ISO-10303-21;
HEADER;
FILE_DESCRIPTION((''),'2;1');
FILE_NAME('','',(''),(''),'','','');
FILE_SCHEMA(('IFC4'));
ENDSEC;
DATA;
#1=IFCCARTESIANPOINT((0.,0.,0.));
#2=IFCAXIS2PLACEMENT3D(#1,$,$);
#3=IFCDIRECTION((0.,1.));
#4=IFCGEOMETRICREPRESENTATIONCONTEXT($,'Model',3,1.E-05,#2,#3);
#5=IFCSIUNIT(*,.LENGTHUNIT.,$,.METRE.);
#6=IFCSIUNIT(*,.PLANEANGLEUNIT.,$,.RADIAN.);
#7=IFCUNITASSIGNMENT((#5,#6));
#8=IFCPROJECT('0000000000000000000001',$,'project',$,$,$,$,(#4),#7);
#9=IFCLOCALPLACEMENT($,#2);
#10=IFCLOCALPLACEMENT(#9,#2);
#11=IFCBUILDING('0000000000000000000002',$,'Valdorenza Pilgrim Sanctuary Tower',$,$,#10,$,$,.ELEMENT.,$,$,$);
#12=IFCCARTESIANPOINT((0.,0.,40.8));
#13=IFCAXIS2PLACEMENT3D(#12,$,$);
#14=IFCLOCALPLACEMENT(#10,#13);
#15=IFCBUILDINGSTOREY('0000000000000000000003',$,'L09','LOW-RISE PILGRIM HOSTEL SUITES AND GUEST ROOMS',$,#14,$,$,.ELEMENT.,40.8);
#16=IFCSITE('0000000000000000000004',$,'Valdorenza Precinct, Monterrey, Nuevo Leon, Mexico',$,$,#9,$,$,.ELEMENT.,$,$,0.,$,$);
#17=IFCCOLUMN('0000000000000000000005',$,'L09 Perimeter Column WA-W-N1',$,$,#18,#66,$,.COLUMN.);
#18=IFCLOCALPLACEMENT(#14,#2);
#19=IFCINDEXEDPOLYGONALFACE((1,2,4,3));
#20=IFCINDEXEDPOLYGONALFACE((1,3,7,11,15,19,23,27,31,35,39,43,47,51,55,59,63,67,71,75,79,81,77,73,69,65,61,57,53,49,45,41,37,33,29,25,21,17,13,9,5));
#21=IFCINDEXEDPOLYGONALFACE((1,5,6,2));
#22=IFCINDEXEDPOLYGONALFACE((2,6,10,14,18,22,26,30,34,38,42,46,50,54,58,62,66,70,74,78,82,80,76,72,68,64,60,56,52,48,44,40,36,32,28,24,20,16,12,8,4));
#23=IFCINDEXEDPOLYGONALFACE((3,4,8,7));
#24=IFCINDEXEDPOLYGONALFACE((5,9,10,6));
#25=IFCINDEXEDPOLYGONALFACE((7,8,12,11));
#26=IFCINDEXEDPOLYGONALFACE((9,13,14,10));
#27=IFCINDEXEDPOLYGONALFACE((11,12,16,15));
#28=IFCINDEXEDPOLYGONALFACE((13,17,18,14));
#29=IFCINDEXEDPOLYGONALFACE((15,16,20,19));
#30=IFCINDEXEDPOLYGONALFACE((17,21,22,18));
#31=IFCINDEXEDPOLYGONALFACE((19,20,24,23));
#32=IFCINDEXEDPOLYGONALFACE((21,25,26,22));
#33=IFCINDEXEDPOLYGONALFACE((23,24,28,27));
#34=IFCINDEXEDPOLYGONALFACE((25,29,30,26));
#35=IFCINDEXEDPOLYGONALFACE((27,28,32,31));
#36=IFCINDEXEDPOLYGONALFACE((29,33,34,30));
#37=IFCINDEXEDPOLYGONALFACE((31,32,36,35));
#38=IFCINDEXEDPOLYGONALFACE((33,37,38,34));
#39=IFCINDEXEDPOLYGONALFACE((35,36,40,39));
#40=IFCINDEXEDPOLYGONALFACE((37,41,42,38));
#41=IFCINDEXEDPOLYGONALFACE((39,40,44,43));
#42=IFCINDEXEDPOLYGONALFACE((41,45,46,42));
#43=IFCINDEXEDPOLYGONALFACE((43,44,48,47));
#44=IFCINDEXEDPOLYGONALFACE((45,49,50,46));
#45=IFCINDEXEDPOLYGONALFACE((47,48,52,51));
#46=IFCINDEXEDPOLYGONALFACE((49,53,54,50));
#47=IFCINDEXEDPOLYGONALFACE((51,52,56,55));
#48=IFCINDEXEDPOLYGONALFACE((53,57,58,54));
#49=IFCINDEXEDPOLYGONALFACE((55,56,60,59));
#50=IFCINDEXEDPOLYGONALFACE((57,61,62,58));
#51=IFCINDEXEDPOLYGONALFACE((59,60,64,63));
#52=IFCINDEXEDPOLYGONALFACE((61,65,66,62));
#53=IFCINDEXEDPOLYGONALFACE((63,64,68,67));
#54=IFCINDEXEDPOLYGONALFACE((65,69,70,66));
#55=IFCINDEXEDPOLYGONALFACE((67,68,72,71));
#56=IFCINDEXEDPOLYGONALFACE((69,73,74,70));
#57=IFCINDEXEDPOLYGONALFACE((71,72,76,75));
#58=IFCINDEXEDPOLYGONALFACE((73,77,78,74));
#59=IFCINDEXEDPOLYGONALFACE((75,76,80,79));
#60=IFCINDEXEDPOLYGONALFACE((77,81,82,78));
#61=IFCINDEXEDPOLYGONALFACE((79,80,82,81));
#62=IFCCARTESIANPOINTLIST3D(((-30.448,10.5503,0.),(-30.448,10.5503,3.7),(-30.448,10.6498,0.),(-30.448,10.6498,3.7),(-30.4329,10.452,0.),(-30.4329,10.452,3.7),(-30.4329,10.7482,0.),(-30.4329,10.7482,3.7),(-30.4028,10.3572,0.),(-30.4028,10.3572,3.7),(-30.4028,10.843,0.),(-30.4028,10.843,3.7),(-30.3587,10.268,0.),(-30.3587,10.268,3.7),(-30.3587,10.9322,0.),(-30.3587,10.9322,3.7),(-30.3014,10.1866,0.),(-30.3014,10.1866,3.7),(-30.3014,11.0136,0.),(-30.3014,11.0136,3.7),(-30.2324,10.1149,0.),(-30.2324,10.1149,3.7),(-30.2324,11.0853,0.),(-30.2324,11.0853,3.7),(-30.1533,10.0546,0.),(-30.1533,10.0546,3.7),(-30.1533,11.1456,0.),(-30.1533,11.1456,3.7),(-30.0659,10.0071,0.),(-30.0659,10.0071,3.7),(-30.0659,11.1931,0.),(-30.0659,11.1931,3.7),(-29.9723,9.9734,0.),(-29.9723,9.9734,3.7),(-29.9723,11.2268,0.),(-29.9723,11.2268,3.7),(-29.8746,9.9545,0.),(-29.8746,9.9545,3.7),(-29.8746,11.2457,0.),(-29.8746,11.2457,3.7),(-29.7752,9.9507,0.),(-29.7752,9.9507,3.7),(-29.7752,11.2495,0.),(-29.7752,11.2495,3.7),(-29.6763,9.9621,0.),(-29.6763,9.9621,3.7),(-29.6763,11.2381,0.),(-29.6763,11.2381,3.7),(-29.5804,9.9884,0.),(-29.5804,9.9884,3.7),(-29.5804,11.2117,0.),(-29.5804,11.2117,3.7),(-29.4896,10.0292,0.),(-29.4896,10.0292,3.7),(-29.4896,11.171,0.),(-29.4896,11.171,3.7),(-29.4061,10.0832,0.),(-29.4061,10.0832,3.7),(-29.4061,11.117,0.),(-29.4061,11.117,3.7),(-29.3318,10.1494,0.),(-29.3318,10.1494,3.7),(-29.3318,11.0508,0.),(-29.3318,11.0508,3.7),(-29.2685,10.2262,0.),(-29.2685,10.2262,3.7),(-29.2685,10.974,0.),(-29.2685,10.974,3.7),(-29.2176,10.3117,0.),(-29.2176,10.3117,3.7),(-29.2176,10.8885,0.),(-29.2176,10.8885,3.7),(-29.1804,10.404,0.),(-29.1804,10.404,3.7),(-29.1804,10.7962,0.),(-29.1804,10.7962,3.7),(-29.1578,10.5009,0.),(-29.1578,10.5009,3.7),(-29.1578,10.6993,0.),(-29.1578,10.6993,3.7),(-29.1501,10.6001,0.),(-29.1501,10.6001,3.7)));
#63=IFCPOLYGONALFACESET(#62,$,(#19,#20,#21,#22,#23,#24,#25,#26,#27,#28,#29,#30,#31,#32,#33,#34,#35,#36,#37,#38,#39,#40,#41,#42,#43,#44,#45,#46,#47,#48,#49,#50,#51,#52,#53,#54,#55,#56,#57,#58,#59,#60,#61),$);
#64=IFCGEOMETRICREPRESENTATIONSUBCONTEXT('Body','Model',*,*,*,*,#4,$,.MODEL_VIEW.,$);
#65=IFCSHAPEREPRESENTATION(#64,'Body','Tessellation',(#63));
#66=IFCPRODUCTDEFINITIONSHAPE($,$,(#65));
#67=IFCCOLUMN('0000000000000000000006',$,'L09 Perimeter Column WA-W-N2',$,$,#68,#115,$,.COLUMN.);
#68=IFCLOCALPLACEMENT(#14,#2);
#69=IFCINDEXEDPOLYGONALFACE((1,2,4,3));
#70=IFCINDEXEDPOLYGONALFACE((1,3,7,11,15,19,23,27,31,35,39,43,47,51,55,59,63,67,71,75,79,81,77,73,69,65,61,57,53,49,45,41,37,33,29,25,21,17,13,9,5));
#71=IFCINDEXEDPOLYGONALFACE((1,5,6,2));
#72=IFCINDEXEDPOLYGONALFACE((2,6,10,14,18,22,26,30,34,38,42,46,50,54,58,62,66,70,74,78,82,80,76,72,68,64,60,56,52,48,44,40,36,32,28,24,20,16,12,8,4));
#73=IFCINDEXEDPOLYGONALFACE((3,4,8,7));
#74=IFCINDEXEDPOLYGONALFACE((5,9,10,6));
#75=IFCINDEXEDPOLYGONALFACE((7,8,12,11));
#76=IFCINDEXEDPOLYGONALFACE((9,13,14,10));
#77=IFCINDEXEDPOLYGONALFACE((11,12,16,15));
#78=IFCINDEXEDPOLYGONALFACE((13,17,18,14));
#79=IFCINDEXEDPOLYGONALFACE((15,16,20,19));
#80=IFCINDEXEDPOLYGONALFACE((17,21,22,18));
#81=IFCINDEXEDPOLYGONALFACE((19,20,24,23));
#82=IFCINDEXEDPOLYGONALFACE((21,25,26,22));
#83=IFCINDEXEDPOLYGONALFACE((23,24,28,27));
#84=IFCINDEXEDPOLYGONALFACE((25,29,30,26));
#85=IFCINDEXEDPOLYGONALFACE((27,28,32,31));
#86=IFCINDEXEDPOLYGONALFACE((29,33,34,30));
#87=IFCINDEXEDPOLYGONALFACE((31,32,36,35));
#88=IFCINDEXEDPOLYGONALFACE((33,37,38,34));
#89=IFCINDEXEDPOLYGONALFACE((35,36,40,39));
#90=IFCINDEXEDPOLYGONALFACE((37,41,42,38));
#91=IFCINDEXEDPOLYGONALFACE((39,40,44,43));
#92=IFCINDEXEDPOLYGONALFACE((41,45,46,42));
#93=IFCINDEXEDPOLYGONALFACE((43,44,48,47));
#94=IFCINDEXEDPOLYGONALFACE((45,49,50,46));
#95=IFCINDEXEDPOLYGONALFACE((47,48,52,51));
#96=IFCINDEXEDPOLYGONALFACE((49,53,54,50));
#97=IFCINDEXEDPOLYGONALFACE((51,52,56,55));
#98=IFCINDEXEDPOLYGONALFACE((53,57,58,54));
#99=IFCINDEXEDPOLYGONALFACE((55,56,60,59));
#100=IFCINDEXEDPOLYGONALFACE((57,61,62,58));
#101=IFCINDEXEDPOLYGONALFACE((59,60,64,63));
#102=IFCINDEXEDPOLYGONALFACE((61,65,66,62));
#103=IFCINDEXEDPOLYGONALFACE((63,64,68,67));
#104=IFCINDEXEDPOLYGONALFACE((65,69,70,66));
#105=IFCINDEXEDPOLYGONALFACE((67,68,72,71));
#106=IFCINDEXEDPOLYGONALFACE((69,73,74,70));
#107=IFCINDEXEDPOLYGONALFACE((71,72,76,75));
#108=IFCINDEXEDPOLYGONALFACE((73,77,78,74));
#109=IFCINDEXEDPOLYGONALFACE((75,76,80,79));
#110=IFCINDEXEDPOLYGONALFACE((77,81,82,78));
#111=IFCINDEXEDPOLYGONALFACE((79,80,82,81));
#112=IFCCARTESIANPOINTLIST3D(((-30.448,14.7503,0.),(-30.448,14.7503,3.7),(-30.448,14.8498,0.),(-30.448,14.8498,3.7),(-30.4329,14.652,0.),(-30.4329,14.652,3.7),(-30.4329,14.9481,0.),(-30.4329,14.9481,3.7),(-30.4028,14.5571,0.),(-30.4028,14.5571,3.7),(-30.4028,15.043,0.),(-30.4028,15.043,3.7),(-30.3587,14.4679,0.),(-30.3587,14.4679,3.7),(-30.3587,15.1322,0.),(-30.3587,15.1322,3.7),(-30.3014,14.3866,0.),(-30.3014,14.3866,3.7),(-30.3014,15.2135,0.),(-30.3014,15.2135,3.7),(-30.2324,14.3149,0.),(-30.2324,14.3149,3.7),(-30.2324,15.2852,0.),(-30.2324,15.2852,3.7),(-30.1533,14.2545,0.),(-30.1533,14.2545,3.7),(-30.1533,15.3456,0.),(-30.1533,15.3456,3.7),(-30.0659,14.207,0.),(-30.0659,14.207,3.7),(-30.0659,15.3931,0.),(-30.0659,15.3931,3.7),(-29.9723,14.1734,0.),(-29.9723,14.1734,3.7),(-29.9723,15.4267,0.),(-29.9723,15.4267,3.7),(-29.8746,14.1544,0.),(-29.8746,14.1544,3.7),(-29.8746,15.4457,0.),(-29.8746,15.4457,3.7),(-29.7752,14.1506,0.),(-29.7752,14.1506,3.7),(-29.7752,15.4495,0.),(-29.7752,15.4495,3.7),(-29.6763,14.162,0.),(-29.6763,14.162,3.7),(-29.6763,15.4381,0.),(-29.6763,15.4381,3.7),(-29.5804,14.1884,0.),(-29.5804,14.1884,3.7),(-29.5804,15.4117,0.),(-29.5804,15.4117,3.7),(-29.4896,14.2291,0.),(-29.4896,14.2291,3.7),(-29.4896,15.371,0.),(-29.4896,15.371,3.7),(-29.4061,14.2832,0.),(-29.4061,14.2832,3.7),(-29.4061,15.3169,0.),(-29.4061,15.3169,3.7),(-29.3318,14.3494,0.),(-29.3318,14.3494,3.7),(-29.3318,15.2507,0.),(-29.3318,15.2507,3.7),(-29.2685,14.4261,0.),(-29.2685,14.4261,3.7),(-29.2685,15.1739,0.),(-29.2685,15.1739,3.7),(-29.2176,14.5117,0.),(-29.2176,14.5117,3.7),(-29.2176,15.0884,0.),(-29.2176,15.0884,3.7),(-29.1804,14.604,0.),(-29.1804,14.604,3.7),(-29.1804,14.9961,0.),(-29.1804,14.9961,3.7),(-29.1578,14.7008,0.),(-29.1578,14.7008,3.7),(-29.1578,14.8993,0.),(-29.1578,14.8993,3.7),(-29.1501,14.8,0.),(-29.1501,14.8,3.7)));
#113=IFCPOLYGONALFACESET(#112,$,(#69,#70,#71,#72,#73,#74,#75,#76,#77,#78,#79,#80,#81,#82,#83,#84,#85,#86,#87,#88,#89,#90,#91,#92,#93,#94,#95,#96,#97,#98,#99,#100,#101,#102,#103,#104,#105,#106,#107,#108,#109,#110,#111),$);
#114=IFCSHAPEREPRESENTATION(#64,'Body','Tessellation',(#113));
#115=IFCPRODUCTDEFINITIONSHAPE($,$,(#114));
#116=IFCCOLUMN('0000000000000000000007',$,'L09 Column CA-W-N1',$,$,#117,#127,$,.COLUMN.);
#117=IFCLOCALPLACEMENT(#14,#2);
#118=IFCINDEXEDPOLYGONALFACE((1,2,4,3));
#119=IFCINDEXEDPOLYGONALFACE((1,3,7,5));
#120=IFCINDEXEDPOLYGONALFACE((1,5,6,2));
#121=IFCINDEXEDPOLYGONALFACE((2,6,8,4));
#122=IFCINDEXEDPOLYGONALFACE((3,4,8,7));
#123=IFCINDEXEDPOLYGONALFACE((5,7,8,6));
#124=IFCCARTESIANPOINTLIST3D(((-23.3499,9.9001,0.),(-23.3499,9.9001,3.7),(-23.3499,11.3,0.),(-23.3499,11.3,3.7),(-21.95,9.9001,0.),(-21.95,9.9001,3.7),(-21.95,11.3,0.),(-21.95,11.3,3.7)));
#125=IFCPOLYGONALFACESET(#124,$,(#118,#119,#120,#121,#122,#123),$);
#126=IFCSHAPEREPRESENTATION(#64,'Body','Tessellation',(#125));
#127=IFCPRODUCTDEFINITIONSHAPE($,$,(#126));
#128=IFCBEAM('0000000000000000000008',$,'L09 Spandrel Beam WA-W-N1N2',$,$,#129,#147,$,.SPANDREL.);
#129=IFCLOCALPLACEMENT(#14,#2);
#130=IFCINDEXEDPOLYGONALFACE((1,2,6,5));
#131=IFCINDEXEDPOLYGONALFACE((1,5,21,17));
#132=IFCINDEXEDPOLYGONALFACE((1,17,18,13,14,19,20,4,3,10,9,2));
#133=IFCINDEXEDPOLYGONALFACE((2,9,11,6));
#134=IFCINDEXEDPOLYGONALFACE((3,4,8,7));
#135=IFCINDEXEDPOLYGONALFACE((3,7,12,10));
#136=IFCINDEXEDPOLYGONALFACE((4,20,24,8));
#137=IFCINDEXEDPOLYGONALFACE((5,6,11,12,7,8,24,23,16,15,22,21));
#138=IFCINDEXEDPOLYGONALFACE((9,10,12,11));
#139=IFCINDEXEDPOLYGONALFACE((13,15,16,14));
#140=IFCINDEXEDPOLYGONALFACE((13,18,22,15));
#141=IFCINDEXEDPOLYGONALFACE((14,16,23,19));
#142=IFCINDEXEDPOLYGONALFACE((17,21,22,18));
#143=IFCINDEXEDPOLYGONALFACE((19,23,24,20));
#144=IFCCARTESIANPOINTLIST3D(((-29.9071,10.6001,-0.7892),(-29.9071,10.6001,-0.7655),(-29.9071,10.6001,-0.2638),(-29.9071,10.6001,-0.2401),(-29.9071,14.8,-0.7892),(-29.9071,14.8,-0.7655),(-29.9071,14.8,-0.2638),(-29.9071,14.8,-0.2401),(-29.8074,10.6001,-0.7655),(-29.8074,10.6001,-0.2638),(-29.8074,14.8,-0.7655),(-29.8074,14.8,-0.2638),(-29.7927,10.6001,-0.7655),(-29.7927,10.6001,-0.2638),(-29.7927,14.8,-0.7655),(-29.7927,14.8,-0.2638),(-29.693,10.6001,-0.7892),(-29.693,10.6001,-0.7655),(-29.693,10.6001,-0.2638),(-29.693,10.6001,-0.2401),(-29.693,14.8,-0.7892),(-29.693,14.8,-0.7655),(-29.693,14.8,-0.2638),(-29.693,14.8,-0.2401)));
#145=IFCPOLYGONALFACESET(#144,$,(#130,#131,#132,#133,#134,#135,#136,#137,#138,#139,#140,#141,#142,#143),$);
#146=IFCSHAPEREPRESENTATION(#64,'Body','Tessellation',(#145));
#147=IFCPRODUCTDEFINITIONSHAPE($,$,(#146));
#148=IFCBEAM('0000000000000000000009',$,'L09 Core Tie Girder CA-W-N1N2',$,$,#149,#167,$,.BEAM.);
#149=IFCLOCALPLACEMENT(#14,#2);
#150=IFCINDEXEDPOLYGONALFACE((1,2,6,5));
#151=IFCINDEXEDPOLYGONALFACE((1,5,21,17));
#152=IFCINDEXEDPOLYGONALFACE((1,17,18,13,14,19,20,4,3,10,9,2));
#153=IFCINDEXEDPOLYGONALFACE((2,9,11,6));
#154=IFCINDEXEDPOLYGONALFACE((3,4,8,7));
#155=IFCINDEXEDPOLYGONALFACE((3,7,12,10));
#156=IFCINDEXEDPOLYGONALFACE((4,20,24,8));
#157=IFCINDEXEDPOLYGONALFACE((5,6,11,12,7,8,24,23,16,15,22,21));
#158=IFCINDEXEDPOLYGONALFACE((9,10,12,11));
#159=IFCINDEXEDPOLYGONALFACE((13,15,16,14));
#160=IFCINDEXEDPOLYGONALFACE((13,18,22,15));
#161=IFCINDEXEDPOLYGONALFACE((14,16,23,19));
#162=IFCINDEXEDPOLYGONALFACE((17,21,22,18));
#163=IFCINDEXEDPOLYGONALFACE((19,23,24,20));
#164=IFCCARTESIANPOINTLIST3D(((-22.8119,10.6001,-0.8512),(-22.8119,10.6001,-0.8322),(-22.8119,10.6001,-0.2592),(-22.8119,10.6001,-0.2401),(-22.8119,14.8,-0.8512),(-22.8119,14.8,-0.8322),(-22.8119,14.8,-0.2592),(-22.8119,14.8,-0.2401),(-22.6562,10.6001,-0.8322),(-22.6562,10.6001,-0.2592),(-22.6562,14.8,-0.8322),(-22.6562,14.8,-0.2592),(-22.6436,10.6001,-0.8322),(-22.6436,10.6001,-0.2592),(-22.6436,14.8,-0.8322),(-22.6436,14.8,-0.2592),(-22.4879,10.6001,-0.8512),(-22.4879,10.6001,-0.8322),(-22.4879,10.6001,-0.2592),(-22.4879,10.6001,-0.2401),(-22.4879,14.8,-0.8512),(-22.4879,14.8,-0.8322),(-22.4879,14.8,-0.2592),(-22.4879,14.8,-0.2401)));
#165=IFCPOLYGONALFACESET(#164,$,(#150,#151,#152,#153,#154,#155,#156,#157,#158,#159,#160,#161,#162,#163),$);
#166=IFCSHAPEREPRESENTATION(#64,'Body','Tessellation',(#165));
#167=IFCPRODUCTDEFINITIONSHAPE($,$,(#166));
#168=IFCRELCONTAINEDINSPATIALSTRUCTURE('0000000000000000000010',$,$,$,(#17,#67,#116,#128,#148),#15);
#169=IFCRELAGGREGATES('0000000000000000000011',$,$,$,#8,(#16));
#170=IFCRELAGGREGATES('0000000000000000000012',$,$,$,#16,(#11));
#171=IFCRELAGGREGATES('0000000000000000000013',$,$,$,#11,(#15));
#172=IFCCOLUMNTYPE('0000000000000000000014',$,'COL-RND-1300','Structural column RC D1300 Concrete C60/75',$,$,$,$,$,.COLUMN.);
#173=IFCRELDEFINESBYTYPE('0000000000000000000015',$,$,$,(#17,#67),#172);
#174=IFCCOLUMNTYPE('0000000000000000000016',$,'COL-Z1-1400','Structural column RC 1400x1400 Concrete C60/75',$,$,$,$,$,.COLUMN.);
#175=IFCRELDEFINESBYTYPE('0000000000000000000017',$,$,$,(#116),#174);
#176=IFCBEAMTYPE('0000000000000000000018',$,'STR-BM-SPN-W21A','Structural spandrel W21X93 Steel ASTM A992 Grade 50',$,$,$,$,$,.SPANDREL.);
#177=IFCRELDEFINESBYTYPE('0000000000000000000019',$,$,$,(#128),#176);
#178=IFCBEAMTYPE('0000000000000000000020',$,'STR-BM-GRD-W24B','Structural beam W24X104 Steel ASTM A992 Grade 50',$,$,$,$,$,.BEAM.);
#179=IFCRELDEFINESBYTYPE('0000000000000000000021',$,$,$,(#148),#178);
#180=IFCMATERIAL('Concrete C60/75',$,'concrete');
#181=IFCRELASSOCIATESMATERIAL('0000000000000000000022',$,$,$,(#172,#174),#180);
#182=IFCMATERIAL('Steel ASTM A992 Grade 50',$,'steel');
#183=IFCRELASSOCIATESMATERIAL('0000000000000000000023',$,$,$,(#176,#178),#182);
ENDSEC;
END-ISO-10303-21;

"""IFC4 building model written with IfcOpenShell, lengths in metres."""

from ifc_helpers import new_model, si_unit, direction, frame, origin, origin_2d, place, context, subcontext, project, spatial, rectangle, circle, i_section, extrude, source, transform, mapped, material, material_profile, profile_set, type_object, element, save


model = new_model("IFC4")

# Units and contexts
model_context = context("Model", 3, precision=1e-05, world=origin(), true_north=direction((0.0, 1.0)))
body_context = subcontext(model_context, "Body", "Model", "MODEL_VIEW")
ifc_project = project(units=[si_unit("LENGTHUNIT", "METRE"), si_unit("PLANEANGLEUNIT", "RADIAN")], contexts=[model_context])

# Site, building, storey
site_placement = place(None, origin())
site = spatial("IfcSite", under=ifc_project, at=site_placement, Name="Valdorenza Precinct, Monterrey, Nuevo Leon, Mexico", CompositionType="ELEMENT", RefElevation=0.0)
building_placement = place(site_placement, origin())
building = spatial("IfcBuilding", under=site, at=building_placement, Name="Valdorenza Pilgrim Sanctuary Tower", CompositionType="ELEMENT")
storey_placement = place(building_placement, frame((0.0, 0.0, 40.8)))
storey = spatial("IfcBuildingStorey", under=building, at=storey_placement, Name="L09", Description="LOW-RISE PILGRIM HOSTEL SUITES AND GUEST ROOMS", CompositionType="ELEMENT", Elevation=40.8)

# Columns
ifc_material_1 = material(Name="Concrete C60/75", Category="concrete")
ifc_material_profile_1 = material_profile(ifc_material_1, circle(Radius=0.6499, at=origin_2d()), Name="RC D1300")
ifc_profile_set_1 = profile_set([ifc_material_profile_1], Name="Concrete C60/75")
column_type_1 = type_object("IfcColumnType", Name="COL-RND-1300", Description="Structural column RC D1300 Concrete C60/75", PredefinedType="COLUMN", material=ifc_profile_set_1)
shared_shape_1 = source(origin(), body_context, "Body", "SweptSolid", [
    extrude(circle(Radius=0.6499, at=origin_2d()), origin(), (0.0, 0.0, 1.0), 3.7),
])
for number, where, z_axis, x_axis, name in (
    (1, (-29.8, 10.6001, 0.0), (0.0, 0.0, 1.0), (1.0, 0.0, 0.0), "L09 Perimeter Column WA-W-N1"),
    (2, (-29.8, 14.8, 0.0), (0.0, 0.0, 1.0), (1.0, 0.0, 0.0), "L09 Perimeter Column WA-W-N2"),
):
    element("IfcColumn", number, at=place(storey_placement, frame(where, z_axis=z_axis, x_axis=x_axis)), inside=storey, type_object=column_type_1, Name=name, PredefinedType="COLUMN", context=body_context, shape_type="MappedRepresentation", body=[
        mapped(shared_shape_1, transform((0.0, 0.0, 0.0), x_axis=(1.0, 0.0, 0.0), y_axis=(0.0, 1.0, 0.0), z_axis=(0.0, 0.0, 1.0), scale=1.0)),
    ])
ifc_material_profile_2 = material_profile(ifc_material_1, rectangle(XDim=1.3999, YDim=1.3999, at=origin_2d()), Name="RC 1400x1400")
ifc_profile_set_2 = profile_set([ifc_material_profile_2], Name="Concrete C60/75")
column_type_2 = type_object("IfcColumnType", Name="COL-Z1-1400", Description="Structural column RC 1400x1400 Concrete C60/75", PredefinedType="COLUMN", material=ifc_profile_set_2)
shared_shape_2 = source(origin(), body_context, "Body", "SweptSolid", [
    extrude(rectangle(XDim=1.3999, YDim=1.3999, at=origin_2d()), origin(), (0.0, 0.0, 1.0), 3.7),
])
column_placement = place(storey_placement, frame((-22.6499, 10.6001, 0.0), z_axis=(0.0, 0.0, 1.0), x_axis=(1.0, 0.0, 0.0)))
element("IfcColumn", 3, at=column_placement, inside=storey, type_object=column_type_2, Name="L09 Column CA-W-N1", PredefinedType="COLUMN", context=body_context, shape_type="MappedRepresentation", body=[
    mapped(shared_shape_2, transform((0.0, 0.0, 0.0), x_axis=(1.0, 0.0, 0.0), y_axis=(0.0, 1.0, 0.0), z_axis=(0.0, 0.0, 1.0), scale=1.0)),
])

# Beams
ifc_material_2 = material(Name="Steel ASTM A992 Grade 50", Category="steel")
ifc_material_profile_3 = material_profile(ifc_material_2, i_section(OverallWidth=0.2141, OverallDepth=0.5491, WebThickness=0.0146, FlangeThickness=0.0237, at=origin_2d()), Name="W21X93")
ifc_profile_set_3 = profile_set([ifc_material_profile_3], Name="Steel ASTM A992 Grade 50")
beam_type_1 = type_object("IfcBeamType", Name="STR-BM-SPN-W21A", Description="Structural spandrel W21X93 Steel ASTM A992 Grade 50", PredefinedType="SPANDREL", material=ifc_profile_set_3)
shared_shape_3 = source(origin(), body_context, "Body", "SweptSolid", [
    extrude(i_section(OverallWidth=0.2141, OverallDepth=0.5491, WebThickness=0.0146, FlangeThickness=0.0237, at=origin_2d()), origin(), (0.0, 0.0, 1.0), 4.2),
])
beam_1_placement = place(storey_placement, frame((-29.8, 10.6001, -0.5146), z_axis=(0.0, 1.0, 0.0), x_axis=(-1.0, 0.0, 0.0)))
element("IfcBeam", 4, at=beam_1_placement, inside=storey, type_object=beam_type_1, Name="L09 Spandrel Beam WA-W-N1N2", PredefinedType="SPANDREL", context=body_context, shape_type="MappedRepresentation", body=[
    mapped(shared_shape_3, transform((0.0, 0.0, 0.0), x_axis=(1.0, 0.0, 0.0), y_axis=(0.0, 1.0, 0.0), z_axis=(0.0, 0.0, 1.0), scale=1.0)),
])
ifc_material_profile_4 = material_profile(ifc_material_2, i_section(OverallWidth=0.324, OverallDepth=0.6111, WebThickness=0.0127, FlangeThickness=0.019, at=origin_2d()), Name="W24X104")
ifc_profile_set_4 = profile_set([ifc_material_profile_4], Name="Steel ASTM A992 Grade 50")
beam_type_2 = type_object("IfcBeamType", Name="STR-BM-GRD-W24B", Description="Structural beam W24X104 Steel ASTM A992 Grade 50", PredefinedType="BEAM", material=ifc_profile_set_4)
shared_shape_4 = source(origin(), body_context, "Body", "SweptSolid", [
    extrude(i_section(OverallWidth=0.324, OverallDepth=0.6111, WebThickness=0.0127, FlangeThickness=0.019, at=origin_2d()), origin(), (0.0, 0.0, 1.0), 4.2),
])
beam_2_placement = place(storey_placement, frame((-22.6499, 10.6001, -0.5457), z_axis=(0.0, 1.0, 0.0), x_axis=(-1.0, 0.0, 0.0)))
element("IfcBeam", 5, at=beam_2_placement, inside=storey, type_object=beam_type_2, Name="L09 Core Tie Girder CA-W-N1N2", PredefinedType="BEAM", context=body_context, shape_type="MappedRepresentation", body=[
    mapped(shared_shape_4, transform((0.0, 0.0, 0.0), x_axis=(1.0, 0.0, 0.0), y_axis=(0.0, 1.0, 0.0), z_axis=(0.0, 0.0, 1.0), scale=1.0)),
])

save(model, "model.ifc")
